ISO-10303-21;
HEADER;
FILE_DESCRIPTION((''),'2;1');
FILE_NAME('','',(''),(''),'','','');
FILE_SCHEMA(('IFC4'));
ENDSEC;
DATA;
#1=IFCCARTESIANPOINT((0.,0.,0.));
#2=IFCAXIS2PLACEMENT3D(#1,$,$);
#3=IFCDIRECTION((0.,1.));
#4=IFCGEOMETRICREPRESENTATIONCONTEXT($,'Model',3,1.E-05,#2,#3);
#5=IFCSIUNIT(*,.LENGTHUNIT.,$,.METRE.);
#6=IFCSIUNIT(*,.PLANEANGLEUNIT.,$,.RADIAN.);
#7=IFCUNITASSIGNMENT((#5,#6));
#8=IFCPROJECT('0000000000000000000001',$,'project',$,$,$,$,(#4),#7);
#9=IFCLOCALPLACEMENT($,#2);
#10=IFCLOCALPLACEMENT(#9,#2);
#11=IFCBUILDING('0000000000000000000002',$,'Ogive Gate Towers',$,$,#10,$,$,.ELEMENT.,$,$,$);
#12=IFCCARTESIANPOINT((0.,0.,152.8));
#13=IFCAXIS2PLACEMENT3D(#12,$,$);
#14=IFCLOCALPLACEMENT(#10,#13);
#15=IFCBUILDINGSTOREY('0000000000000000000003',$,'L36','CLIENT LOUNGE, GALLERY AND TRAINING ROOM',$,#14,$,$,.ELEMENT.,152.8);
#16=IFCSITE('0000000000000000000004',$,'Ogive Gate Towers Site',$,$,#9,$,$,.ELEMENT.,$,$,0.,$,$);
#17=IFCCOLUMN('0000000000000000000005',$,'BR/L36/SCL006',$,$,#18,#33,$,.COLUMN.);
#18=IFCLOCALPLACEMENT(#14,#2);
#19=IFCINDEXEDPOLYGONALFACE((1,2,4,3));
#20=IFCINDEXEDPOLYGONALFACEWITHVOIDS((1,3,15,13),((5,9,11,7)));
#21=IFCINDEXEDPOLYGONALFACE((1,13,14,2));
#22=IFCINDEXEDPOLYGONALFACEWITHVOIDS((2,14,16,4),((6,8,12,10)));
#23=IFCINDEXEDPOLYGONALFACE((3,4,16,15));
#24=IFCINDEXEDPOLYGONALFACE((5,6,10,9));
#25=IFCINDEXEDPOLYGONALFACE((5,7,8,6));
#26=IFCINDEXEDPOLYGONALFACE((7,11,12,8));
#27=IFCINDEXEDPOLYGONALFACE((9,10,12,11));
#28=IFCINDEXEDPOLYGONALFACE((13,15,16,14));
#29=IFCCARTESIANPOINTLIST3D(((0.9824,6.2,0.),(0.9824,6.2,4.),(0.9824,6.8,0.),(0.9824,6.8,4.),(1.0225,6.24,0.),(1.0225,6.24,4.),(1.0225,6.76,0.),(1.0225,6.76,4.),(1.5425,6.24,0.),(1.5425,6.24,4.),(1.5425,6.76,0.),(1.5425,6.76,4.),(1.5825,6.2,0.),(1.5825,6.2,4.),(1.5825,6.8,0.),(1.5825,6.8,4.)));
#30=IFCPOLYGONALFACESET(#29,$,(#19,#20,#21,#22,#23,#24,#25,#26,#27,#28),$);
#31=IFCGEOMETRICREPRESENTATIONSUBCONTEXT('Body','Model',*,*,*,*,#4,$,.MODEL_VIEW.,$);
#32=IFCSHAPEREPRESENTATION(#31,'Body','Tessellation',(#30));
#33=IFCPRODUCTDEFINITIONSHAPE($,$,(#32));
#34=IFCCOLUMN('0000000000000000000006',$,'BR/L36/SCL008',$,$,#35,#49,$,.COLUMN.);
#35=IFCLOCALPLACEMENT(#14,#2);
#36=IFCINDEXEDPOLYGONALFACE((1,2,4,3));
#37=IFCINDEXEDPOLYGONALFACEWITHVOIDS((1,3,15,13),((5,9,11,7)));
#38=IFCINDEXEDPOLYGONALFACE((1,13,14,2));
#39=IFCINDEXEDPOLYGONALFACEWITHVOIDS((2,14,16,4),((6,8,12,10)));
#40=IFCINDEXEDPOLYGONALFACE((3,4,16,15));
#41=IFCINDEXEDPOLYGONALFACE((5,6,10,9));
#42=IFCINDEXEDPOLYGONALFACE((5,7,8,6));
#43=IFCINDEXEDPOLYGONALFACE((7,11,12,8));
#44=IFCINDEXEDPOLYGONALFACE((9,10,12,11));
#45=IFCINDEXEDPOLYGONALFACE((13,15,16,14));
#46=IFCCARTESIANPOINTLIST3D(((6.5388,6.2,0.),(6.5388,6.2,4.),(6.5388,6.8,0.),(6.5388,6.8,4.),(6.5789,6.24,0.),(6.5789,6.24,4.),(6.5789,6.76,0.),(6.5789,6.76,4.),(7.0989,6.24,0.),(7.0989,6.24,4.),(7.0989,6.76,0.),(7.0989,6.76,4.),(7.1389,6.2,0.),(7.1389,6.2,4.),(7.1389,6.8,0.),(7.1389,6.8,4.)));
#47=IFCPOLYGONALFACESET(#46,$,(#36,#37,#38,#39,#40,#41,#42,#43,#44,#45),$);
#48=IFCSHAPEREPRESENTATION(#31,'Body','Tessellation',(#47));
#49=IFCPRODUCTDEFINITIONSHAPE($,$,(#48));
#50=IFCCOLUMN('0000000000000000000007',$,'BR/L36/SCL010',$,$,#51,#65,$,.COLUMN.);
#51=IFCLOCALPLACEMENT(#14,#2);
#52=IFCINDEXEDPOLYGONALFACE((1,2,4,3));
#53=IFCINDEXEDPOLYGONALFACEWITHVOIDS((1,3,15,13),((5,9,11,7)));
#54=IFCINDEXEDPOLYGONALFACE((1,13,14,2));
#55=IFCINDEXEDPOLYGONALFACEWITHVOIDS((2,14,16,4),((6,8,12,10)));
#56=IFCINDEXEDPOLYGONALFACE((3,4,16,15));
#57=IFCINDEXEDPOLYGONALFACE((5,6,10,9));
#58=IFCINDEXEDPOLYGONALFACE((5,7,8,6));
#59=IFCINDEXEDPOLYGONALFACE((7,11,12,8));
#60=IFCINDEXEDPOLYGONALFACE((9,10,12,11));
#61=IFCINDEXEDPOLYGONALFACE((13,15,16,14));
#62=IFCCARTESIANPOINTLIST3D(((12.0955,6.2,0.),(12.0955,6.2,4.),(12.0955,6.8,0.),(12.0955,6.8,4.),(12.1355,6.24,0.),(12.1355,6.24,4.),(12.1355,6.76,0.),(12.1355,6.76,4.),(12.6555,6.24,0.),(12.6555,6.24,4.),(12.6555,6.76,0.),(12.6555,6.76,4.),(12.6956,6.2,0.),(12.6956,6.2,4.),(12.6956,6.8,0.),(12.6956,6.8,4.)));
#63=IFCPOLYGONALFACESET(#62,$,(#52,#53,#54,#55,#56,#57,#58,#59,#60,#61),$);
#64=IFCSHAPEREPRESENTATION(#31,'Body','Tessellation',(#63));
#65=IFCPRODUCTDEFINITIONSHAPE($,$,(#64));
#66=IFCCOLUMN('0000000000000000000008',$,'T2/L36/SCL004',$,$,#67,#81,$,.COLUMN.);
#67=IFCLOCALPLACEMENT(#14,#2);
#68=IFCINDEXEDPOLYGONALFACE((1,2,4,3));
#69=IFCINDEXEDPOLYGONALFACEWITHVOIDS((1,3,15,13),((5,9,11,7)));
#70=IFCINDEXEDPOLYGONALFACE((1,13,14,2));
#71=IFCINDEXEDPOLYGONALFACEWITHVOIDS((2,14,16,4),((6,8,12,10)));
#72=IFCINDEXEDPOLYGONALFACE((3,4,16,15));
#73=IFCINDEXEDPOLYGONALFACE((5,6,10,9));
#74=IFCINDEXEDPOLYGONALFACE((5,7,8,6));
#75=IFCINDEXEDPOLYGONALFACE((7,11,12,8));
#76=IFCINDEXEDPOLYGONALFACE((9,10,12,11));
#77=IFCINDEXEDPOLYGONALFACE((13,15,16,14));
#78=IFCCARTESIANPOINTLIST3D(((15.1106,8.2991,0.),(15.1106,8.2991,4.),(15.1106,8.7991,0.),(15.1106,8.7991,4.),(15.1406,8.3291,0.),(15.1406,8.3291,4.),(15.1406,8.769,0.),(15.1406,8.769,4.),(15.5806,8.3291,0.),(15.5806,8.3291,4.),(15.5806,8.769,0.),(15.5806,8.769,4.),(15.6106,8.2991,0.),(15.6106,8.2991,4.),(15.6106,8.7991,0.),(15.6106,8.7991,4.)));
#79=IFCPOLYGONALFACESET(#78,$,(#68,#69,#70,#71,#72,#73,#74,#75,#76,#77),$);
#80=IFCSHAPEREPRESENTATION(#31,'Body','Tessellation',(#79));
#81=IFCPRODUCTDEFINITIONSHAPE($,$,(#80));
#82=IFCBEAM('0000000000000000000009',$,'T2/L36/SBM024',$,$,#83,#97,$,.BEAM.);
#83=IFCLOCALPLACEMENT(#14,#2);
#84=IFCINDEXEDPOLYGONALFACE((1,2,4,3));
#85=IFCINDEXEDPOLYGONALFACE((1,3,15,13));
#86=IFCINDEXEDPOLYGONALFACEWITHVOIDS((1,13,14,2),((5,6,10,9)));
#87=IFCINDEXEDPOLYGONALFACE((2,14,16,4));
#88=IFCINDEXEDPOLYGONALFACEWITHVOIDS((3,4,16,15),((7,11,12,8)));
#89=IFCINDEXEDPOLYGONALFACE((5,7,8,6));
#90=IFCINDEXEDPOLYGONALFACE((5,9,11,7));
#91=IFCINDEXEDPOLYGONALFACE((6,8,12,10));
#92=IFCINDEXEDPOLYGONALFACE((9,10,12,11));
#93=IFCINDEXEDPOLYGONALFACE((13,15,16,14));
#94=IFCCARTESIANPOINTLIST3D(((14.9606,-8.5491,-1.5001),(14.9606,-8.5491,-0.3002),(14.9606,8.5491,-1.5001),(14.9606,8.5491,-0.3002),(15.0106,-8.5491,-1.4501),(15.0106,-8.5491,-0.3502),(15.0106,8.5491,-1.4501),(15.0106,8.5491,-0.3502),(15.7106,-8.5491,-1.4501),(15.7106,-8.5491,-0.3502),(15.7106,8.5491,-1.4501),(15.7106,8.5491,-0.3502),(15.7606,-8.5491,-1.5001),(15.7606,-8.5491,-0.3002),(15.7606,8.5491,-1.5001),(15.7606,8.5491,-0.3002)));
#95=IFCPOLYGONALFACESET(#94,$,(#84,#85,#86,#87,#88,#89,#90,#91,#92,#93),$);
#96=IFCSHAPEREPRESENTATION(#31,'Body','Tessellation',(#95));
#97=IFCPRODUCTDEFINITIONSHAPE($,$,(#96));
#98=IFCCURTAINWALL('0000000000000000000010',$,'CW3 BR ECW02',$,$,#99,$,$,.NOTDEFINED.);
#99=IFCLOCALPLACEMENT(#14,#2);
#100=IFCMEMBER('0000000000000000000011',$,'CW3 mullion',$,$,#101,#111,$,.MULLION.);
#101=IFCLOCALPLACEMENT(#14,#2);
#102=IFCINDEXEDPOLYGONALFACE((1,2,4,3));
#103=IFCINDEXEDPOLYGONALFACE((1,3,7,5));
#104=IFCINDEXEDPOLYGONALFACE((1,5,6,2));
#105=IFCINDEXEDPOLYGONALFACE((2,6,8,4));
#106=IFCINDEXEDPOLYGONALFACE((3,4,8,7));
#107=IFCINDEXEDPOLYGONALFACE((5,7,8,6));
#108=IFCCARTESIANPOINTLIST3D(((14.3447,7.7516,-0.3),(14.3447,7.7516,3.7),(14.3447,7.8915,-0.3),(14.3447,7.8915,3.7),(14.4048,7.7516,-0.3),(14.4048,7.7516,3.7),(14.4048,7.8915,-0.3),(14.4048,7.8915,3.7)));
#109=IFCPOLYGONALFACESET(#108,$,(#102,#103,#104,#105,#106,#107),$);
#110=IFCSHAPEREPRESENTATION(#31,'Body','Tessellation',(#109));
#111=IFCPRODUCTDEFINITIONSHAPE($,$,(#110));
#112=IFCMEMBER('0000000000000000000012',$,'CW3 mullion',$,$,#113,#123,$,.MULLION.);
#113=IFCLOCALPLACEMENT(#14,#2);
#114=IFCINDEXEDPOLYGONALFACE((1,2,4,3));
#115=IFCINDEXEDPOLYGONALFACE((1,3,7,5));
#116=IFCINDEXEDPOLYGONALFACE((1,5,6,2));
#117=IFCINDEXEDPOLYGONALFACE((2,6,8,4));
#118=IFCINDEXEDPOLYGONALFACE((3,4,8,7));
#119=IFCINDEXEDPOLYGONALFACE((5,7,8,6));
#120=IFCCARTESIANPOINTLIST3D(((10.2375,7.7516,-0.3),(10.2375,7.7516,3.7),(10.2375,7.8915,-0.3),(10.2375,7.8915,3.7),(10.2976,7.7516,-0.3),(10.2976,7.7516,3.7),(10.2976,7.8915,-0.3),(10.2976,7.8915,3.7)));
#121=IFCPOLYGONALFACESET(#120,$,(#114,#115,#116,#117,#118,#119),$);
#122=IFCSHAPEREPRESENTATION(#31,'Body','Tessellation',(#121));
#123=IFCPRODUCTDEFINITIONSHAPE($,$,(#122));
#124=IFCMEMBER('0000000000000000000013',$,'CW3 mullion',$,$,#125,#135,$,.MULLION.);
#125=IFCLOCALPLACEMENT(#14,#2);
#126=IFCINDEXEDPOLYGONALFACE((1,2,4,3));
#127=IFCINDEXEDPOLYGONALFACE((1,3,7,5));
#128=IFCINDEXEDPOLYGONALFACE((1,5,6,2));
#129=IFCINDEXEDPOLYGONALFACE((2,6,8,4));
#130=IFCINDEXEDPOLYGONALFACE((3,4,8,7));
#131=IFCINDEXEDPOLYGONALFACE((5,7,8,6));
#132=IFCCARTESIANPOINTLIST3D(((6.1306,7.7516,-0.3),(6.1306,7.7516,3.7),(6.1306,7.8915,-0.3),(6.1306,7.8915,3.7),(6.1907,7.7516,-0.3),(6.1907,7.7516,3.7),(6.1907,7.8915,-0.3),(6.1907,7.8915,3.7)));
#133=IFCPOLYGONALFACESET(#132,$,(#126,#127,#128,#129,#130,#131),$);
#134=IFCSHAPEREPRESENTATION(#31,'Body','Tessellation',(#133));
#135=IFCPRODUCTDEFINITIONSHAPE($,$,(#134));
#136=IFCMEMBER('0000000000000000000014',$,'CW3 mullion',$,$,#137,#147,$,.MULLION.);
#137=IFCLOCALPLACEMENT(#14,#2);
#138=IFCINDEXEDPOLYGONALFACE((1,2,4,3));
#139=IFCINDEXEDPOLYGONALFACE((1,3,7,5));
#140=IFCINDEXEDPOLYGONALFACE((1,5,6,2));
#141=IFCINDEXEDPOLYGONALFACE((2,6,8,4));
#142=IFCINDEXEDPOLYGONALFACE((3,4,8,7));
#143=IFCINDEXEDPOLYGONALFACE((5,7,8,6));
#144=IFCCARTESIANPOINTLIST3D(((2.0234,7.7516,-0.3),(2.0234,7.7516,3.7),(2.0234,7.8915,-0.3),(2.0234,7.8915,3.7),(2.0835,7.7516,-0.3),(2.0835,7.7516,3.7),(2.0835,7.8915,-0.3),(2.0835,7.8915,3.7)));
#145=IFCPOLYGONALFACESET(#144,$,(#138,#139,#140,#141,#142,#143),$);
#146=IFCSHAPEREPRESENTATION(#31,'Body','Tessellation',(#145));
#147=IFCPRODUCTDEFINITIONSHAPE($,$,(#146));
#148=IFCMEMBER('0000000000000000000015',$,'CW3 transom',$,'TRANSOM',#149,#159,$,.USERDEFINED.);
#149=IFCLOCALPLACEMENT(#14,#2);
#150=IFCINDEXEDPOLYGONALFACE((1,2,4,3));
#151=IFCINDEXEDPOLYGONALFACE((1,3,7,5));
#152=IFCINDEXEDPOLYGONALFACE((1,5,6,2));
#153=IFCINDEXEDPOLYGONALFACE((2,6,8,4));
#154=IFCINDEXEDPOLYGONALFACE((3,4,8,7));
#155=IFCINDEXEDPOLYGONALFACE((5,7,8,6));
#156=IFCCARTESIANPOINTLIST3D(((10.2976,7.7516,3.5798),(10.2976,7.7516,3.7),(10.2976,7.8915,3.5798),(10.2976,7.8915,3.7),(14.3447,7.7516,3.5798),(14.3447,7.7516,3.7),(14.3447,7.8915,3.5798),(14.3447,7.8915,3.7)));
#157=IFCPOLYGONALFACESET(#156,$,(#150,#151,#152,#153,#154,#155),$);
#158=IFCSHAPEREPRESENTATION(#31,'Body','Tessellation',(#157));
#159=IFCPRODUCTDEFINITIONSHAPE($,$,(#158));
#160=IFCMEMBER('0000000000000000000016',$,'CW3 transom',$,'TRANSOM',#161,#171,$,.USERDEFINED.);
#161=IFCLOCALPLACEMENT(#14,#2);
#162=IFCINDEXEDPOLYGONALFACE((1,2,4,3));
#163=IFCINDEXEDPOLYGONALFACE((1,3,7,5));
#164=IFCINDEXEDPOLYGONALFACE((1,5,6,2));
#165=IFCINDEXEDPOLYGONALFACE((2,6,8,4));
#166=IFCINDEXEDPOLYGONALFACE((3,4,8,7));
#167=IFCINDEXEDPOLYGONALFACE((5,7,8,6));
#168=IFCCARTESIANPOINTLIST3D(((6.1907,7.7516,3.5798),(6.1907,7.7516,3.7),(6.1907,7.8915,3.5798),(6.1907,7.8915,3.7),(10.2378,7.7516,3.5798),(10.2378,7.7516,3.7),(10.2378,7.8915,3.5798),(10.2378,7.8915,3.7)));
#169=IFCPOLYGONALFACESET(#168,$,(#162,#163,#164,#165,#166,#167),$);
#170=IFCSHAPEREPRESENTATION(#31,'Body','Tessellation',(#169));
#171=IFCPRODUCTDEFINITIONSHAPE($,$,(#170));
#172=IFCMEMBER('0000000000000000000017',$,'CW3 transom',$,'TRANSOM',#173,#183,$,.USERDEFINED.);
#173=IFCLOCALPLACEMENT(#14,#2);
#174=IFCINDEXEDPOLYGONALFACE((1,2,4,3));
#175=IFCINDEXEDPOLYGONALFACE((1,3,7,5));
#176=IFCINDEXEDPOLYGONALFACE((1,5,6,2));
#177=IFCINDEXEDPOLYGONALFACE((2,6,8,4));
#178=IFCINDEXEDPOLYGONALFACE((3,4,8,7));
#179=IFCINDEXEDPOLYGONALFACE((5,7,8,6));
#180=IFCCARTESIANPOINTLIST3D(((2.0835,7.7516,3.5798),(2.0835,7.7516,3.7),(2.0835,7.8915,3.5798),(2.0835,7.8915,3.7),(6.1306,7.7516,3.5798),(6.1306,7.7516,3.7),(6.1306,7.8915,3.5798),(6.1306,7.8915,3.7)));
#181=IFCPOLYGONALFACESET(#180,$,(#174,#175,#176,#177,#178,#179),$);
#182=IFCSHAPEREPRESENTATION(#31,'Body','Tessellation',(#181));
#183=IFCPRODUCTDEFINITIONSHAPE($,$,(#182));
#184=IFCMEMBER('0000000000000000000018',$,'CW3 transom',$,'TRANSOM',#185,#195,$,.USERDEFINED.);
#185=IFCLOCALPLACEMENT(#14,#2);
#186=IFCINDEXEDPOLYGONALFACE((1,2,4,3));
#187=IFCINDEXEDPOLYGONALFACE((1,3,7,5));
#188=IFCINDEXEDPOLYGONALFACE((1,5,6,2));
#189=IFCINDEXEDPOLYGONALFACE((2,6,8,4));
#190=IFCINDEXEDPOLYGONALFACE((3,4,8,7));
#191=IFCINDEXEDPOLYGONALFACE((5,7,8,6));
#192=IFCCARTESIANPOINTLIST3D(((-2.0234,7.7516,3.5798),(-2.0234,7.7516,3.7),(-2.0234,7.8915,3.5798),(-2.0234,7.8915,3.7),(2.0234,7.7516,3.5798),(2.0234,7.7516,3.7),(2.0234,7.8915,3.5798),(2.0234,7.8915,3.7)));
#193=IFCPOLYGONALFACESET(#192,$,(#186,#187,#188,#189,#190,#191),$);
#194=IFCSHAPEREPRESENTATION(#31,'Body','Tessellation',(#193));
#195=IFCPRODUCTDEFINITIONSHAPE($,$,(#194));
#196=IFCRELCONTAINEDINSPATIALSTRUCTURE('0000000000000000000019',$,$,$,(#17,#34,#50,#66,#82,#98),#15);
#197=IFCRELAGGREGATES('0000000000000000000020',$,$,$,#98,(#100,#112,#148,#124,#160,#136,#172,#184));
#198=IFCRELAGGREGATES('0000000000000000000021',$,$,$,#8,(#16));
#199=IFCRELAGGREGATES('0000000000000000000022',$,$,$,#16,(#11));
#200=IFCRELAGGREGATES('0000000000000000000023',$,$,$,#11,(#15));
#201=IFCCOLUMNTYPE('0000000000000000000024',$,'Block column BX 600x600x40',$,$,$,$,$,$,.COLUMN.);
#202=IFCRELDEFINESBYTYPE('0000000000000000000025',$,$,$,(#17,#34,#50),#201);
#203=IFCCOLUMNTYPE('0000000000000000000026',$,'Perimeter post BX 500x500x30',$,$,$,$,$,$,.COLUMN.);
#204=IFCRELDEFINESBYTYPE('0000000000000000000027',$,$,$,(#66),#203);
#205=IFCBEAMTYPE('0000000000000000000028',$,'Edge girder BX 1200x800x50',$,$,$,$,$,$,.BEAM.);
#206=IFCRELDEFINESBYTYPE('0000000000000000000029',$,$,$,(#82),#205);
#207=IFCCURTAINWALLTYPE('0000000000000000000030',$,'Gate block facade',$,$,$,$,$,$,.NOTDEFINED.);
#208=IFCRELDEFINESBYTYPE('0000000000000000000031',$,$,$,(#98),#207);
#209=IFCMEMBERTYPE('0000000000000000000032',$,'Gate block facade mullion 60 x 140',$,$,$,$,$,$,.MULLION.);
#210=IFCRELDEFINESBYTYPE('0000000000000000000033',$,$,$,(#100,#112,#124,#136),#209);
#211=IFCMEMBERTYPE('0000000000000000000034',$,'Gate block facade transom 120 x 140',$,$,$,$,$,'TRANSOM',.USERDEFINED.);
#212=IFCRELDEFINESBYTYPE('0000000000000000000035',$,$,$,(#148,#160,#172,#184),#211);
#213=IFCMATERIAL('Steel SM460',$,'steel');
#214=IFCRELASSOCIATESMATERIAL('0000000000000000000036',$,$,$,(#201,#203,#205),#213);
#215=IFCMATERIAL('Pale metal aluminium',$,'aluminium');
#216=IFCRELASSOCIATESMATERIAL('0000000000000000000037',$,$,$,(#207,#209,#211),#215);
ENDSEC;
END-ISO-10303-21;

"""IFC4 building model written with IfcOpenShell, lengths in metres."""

from ifc_helpers import new_model, si_unit, direction, frame, origin, origin_2d, place, context, subcontext, project, spatial, rectangle, hollow_rectangle, extrude, material, material_profile, profile_set, type_object, element, aggregate, save


model = new_model("IFC4")

# Units and contexts
model_context = context("Model", 3, precision=1e-05, world=origin(), true_north=direction((0.0, 1.0)))
body_context = subcontext(model_context, "Body", "Model", "MODEL_VIEW")
ifc_project = project(units=[si_unit("LENGTHUNIT", "METRE"), si_unit("PLANEANGLEUNIT", "RADIAN")], contexts=[model_context])

# Site, building, storey
site_placement = place(None, origin())
site = spatial("IfcSite", under=ifc_project, at=site_placement, Name="Ogive Gate Towers Site", CompositionType="ELEMENT", RefElevation=0.0)
building_placement = place(site_placement, origin())
building = spatial("IfcBuilding", under=site, at=building_placement, Name="Ogive Gate Towers", CompositionType="ELEMENT")
storey_placement = place(building_placement, frame((0.0, 0.0, 152.8)))
storey = spatial("IfcBuildingStorey", under=building, at=storey_placement, Name="L36", Description="CLIENT LOUNGE, GALLERY AND TRAINING ROOM", CompositionType="ELEMENT", Elevation=152.8)

# Columns
ifc_material_1 = material(Name="Steel SM460", Category="steel")
ifc_material_profile_1 = material_profile(ifc_material_1, hollow_rectangle(XDim=0.6001, YDim=0.6001, WallThickness=0.04, at=origin_2d()), Name="BX 600x600x40")
ifc_profile_set_1 = profile_set([ifc_material_profile_1], Name="Steel SM460")
column_type_1 = type_object("IfcColumnType", Name="Block column BX 600x600x40", PredefinedType="COLUMN", material=ifc_profile_set_1)
for number, where, z_axis, x_axis, name in (
    (1, (1.2825, 6.5, 0.0), (0.0, 0.0, 1.0), (1.0, 0.0, 0.0), "BR/L36/SCL006"),
    (2, (6.8389, 6.5, 0.0), (0.0, 0.0, 1.0), (1.0, 0.0, 0.0), "BR/L36/SCL008"),
    (3, (12.3955, 6.5, 0.0), (0.0, 0.0, 1.0), (1.0, 0.0, 0.0), "BR/L36/SCL010"),
):
    element("IfcColumn", number, at=place(storey_placement, frame(where, z_axis=z_axis, x_axis=x_axis)), inside=storey, type_object=column_type_1, Name=name, PredefinedType="COLUMN", context=body_context, shape_type="SweptSolid", body=[
        extrude(hollow_rectangle(XDim=0.6001, YDim=0.6001, WallThickness=0.04, at=origin_2d()), origin(), (0.0, 0.0, 1.0), 4.0),
    ])
ifc_material_profile_2 = material_profile(ifc_material_1, hollow_rectangle(XDim=0.5, YDim=0.5, WallThickness=0.03, at=origin_2d()), Name="BX 500x500x30")
ifc_profile_set_2 = profile_set([ifc_material_profile_2], Name="Steel SM460")
column_type_2 = type_object("IfcColumnType", Name="Perimeter post BX 500x500x30", PredefinedType="COLUMN", material=ifc_profile_set_2)
column_placement = place(storey_placement, frame((15.3606, 8.5491, 0.0), z_axis=(0.0, 0.0, 1.0), x_axis=(1.0, 0.0, 0.0)))
element("IfcColumn", 4, at=column_placement, inside=storey, type_object=column_type_2, Name="T2/L36/SCL004", PredefinedType="COLUMN", context=body_context, shape_type="SweptSolid", body=[
    extrude(hollow_rectangle(XDim=0.5, YDim=0.5, WallThickness=0.03, at=origin_2d()), origin(), (0.0, 0.0, 1.0), 4.0),
])

# Beam
ifc_material_profile_3 = material_profile(ifc_material_1, hollow_rectangle(XDim=0.8, YDim=1.2, WallThickness=0.05, at=origin_2d()), Name="BX 1200x800x50")
ifc_profile_set_3 = profile_set([ifc_material_profile_3], Name="Steel SM460")
beam_type = type_object("IfcBeamType", Name="Edge girder BX 1200x800x50", PredefinedType="BEAM", material=ifc_profile_set_3)
beam_placement = place(storey_placement, frame((15.3606, 8.5491, -0.9001), z_axis=(0.0, -1.0, 0.0), x_axis=(1.0, 0.0, 0.0)))
element("IfcBeam", 5, at=beam_placement, inside=storey, type_object=beam_type, Name="T2/L36/SBM024", PredefinedType="BEAM", context=body_context, shape_type="SweptSolid", body=[
    extrude(hollow_rectangle(XDim=0.8, YDim=1.2, WallThickness=0.05, at=origin_2d()), origin(), (0.0, 0.0, 1.0), 17.0981),
])

# Curtain wall, members
ifc_material_2 = material(Name="Pale metal aluminium", Category="aluminium")
curtain_wall_type_1 = type_object("IfcCurtainWallType", Name="Gate block facade", PredefinedType="NOTDEFINED", material=ifc_material_2)
curtain_wall_1_placement = place(storey_placement, origin())
curtain_wall_1 = element("IfcCurtainWall", 6, at=curtain_wall_1_placement, inside=storey, type_object=curtain_wall_type_1, Name="CW3 BR ECW02", PredefinedType="NOTDEFINED")
ifc_material_profile_4 = material_profile(ifc_material_2, rectangle(XDim=0.1399, YDim=0.0601, at=origin_2d()), Name="60 x 140 aluminium box")
ifc_profile_set_4 = profile_set([ifc_material_profile_4], Name="Pale metal aluminium")
member_type_1 = type_object("IfcMemberType", Name="Gate block facade mullion 60 x 140", PredefinedType="MULLION", material=ifc_profile_set_4)
member_1_placement = place(storey_placement, frame((14.3748, 7.8215, -0.3), z_axis=(0.0, 0.0, 1.0), x_axis=(0.0, 1.0, 0.0)))
member_1 = element("IfcMember", 7, at=member_1_placement, type_object=member_type_1, Name="CW3 mullion", PredefinedType="MULLION", context=body_context, shape_type="SweptSolid", body=[
    extrude(rectangle(XDim=0.1399, YDim=0.0601, at=origin_2d()), origin(), (0.0, 0.0, 1.0), 4.0),
])
member_2_placement = place(storey_placement, frame((10.2676, 7.8215, -0.3), z_axis=(0.0, 0.0, 1.0), x_axis=(0.0, 1.0, 0.0)))
member_2 = element("IfcMember", 8, at=member_2_placement, type_object=member_type_1, Name="CW3 mullion", PredefinedType="MULLION", context=body_context, shape_type="SweptSolid", body=[
    extrude(rectangle(XDim=0.1399, YDim=0.0601, at=origin_2d()), origin(), (0.0, 0.0, 1.0), 4.0),
])
member_3_placement = place(storey_placement, frame((6.1606, 7.8215, -0.3), z_axis=(0.0, 0.0, 1.0), x_axis=(0.0, 1.0, 0.0)))
member_3 = element("IfcMember", 9, at=member_3_placement, type_object=member_type_1, Name="CW3 mullion", PredefinedType="MULLION", context=body_context, shape_type="SweptSolid", body=[
    extrude(rectangle(XDim=0.1399, YDim=0.0601, at=origin_2d()), origin(), (0.0, 0.0, 1.0), 4.0),
])
member_4_placement = place(storey_placement, frame((2.0535, 7.8215, -0.3), z_axis=(0.0, 0.0, 1.0), x_axis=(0.0, 1.0, 0.0)))
member_4 = element("IfcMember", 10, at=member_4_placement, type_object=member_type_1, Name="CW3 mullion", PredefinedType="MULLION", context=body_context, shape_type="SweptSolid", body=[
    extrude(rectangle(XDim=0.1399, YDim=0.0601, at=origin_2d()), origin(), (0.0, 0.0, 1.0), 4.0),
])
ifc_material_profile_5 = material_profile(ifc_material_2, rectangle(XDim=0.1399, YDim=0.1201, at=origin_2d()), Name="120 x 140 aluminium box")
ifc_profile_set_5 = profile_set([ifc_material_profile_5], Name="Pale metal aluminium")
member_type_2 = type_object("IfcMemberType", Name="Gate block facade transom 120 x 140", ElementType="TRANSOM", PredefinedType="USERDEFINED", material=ifc_profile_set_5)
member_5_placement = place(storey_placement, frame((14.3447, 7.8215, 3.6399), z_axis=(-1.0, 0.0, 0.0), x_axis=(0.0, -1.0, 0.0)))
member_5 = element("IfcMember", 11, at=member_5_placement, type_object=member_type_2, Name="CW3 transom", ObjectType="TRANSOM", PredefinedType="USERDEFINED", context=body_context, shape_type="SweptSolid", body=[
    extrude(rectangle(XDim=0.1399, YDim=0.1201, at=origin_2d()), origin(), (0.0, 0.0, 1.0), 4.0471),
])
member_6_placement = place(storey_placement, frame((10.2378, 7.8215, 3.6399), z_axis=(-1.0, 0.0, 0.0), x_axis=(0.0, -1.0, 0.0)))
member_6 = element("IfcMember", 12, at=member_6_placement, type_object=member_type_2, Name="CW3 transom", ObjectType="TRANSOM", PredefinedType="USERDEFINED", context=body_context, shape_type="SweptSolid", body=[
    extrude(rectangle(XDim=0.1399, YDim=0.1201, at=origin_2d()), origin(), (0.0, 0.0, 1.0), 4.0471),
])
member_7_placement = place(storey_placement, frame((6.1306, 7.8215, 3.6399), z_axis=(-1.0, 0.0, 0.0), x_axis=(0.0, -1.0, 0.0)))
member_7 = element("IfcMember", 13, at=member_7_placement, type_object=member_type_2, Name="CW3 transom", ObjectType="TRANSOM", PredefinedType="USERDEFINED", context=body_context, shape_type="SweptSolid", body=[
    extrude(rectangle(XDim=0.1399, YDim=0.1201, at=origin_2d()), origin(), (0.0, 0.0, 1.0), 4.0471),
])
member_8_placement = place(storey_placement, frame((2.0234, 7.8215, 3.6399), z_axis=(-1.0, 0.0, 0.0), x_axis=(0.0, -1.0, 0.0)))
member_8 = element("IfcMember", 14, at=member_8_placement, type_object=member_type_2, Name="CW3 transom", ObjectType="TRANSOM", PredefinedType="USERDEFINED", context=body_context, shape_type="SweptSolid", body=[
    extrude(rectangle(XDim=0.1399, YDim=0.1201, at=origin_2d()), origin(), (0.0, 0.0, 1.0), 4.0469),
])

aggregate(curtain_wall_1, [member_1, member_2, member_5, member_3, member_6, member_4, member_7, member_8])

save(model, "model.ifc")
